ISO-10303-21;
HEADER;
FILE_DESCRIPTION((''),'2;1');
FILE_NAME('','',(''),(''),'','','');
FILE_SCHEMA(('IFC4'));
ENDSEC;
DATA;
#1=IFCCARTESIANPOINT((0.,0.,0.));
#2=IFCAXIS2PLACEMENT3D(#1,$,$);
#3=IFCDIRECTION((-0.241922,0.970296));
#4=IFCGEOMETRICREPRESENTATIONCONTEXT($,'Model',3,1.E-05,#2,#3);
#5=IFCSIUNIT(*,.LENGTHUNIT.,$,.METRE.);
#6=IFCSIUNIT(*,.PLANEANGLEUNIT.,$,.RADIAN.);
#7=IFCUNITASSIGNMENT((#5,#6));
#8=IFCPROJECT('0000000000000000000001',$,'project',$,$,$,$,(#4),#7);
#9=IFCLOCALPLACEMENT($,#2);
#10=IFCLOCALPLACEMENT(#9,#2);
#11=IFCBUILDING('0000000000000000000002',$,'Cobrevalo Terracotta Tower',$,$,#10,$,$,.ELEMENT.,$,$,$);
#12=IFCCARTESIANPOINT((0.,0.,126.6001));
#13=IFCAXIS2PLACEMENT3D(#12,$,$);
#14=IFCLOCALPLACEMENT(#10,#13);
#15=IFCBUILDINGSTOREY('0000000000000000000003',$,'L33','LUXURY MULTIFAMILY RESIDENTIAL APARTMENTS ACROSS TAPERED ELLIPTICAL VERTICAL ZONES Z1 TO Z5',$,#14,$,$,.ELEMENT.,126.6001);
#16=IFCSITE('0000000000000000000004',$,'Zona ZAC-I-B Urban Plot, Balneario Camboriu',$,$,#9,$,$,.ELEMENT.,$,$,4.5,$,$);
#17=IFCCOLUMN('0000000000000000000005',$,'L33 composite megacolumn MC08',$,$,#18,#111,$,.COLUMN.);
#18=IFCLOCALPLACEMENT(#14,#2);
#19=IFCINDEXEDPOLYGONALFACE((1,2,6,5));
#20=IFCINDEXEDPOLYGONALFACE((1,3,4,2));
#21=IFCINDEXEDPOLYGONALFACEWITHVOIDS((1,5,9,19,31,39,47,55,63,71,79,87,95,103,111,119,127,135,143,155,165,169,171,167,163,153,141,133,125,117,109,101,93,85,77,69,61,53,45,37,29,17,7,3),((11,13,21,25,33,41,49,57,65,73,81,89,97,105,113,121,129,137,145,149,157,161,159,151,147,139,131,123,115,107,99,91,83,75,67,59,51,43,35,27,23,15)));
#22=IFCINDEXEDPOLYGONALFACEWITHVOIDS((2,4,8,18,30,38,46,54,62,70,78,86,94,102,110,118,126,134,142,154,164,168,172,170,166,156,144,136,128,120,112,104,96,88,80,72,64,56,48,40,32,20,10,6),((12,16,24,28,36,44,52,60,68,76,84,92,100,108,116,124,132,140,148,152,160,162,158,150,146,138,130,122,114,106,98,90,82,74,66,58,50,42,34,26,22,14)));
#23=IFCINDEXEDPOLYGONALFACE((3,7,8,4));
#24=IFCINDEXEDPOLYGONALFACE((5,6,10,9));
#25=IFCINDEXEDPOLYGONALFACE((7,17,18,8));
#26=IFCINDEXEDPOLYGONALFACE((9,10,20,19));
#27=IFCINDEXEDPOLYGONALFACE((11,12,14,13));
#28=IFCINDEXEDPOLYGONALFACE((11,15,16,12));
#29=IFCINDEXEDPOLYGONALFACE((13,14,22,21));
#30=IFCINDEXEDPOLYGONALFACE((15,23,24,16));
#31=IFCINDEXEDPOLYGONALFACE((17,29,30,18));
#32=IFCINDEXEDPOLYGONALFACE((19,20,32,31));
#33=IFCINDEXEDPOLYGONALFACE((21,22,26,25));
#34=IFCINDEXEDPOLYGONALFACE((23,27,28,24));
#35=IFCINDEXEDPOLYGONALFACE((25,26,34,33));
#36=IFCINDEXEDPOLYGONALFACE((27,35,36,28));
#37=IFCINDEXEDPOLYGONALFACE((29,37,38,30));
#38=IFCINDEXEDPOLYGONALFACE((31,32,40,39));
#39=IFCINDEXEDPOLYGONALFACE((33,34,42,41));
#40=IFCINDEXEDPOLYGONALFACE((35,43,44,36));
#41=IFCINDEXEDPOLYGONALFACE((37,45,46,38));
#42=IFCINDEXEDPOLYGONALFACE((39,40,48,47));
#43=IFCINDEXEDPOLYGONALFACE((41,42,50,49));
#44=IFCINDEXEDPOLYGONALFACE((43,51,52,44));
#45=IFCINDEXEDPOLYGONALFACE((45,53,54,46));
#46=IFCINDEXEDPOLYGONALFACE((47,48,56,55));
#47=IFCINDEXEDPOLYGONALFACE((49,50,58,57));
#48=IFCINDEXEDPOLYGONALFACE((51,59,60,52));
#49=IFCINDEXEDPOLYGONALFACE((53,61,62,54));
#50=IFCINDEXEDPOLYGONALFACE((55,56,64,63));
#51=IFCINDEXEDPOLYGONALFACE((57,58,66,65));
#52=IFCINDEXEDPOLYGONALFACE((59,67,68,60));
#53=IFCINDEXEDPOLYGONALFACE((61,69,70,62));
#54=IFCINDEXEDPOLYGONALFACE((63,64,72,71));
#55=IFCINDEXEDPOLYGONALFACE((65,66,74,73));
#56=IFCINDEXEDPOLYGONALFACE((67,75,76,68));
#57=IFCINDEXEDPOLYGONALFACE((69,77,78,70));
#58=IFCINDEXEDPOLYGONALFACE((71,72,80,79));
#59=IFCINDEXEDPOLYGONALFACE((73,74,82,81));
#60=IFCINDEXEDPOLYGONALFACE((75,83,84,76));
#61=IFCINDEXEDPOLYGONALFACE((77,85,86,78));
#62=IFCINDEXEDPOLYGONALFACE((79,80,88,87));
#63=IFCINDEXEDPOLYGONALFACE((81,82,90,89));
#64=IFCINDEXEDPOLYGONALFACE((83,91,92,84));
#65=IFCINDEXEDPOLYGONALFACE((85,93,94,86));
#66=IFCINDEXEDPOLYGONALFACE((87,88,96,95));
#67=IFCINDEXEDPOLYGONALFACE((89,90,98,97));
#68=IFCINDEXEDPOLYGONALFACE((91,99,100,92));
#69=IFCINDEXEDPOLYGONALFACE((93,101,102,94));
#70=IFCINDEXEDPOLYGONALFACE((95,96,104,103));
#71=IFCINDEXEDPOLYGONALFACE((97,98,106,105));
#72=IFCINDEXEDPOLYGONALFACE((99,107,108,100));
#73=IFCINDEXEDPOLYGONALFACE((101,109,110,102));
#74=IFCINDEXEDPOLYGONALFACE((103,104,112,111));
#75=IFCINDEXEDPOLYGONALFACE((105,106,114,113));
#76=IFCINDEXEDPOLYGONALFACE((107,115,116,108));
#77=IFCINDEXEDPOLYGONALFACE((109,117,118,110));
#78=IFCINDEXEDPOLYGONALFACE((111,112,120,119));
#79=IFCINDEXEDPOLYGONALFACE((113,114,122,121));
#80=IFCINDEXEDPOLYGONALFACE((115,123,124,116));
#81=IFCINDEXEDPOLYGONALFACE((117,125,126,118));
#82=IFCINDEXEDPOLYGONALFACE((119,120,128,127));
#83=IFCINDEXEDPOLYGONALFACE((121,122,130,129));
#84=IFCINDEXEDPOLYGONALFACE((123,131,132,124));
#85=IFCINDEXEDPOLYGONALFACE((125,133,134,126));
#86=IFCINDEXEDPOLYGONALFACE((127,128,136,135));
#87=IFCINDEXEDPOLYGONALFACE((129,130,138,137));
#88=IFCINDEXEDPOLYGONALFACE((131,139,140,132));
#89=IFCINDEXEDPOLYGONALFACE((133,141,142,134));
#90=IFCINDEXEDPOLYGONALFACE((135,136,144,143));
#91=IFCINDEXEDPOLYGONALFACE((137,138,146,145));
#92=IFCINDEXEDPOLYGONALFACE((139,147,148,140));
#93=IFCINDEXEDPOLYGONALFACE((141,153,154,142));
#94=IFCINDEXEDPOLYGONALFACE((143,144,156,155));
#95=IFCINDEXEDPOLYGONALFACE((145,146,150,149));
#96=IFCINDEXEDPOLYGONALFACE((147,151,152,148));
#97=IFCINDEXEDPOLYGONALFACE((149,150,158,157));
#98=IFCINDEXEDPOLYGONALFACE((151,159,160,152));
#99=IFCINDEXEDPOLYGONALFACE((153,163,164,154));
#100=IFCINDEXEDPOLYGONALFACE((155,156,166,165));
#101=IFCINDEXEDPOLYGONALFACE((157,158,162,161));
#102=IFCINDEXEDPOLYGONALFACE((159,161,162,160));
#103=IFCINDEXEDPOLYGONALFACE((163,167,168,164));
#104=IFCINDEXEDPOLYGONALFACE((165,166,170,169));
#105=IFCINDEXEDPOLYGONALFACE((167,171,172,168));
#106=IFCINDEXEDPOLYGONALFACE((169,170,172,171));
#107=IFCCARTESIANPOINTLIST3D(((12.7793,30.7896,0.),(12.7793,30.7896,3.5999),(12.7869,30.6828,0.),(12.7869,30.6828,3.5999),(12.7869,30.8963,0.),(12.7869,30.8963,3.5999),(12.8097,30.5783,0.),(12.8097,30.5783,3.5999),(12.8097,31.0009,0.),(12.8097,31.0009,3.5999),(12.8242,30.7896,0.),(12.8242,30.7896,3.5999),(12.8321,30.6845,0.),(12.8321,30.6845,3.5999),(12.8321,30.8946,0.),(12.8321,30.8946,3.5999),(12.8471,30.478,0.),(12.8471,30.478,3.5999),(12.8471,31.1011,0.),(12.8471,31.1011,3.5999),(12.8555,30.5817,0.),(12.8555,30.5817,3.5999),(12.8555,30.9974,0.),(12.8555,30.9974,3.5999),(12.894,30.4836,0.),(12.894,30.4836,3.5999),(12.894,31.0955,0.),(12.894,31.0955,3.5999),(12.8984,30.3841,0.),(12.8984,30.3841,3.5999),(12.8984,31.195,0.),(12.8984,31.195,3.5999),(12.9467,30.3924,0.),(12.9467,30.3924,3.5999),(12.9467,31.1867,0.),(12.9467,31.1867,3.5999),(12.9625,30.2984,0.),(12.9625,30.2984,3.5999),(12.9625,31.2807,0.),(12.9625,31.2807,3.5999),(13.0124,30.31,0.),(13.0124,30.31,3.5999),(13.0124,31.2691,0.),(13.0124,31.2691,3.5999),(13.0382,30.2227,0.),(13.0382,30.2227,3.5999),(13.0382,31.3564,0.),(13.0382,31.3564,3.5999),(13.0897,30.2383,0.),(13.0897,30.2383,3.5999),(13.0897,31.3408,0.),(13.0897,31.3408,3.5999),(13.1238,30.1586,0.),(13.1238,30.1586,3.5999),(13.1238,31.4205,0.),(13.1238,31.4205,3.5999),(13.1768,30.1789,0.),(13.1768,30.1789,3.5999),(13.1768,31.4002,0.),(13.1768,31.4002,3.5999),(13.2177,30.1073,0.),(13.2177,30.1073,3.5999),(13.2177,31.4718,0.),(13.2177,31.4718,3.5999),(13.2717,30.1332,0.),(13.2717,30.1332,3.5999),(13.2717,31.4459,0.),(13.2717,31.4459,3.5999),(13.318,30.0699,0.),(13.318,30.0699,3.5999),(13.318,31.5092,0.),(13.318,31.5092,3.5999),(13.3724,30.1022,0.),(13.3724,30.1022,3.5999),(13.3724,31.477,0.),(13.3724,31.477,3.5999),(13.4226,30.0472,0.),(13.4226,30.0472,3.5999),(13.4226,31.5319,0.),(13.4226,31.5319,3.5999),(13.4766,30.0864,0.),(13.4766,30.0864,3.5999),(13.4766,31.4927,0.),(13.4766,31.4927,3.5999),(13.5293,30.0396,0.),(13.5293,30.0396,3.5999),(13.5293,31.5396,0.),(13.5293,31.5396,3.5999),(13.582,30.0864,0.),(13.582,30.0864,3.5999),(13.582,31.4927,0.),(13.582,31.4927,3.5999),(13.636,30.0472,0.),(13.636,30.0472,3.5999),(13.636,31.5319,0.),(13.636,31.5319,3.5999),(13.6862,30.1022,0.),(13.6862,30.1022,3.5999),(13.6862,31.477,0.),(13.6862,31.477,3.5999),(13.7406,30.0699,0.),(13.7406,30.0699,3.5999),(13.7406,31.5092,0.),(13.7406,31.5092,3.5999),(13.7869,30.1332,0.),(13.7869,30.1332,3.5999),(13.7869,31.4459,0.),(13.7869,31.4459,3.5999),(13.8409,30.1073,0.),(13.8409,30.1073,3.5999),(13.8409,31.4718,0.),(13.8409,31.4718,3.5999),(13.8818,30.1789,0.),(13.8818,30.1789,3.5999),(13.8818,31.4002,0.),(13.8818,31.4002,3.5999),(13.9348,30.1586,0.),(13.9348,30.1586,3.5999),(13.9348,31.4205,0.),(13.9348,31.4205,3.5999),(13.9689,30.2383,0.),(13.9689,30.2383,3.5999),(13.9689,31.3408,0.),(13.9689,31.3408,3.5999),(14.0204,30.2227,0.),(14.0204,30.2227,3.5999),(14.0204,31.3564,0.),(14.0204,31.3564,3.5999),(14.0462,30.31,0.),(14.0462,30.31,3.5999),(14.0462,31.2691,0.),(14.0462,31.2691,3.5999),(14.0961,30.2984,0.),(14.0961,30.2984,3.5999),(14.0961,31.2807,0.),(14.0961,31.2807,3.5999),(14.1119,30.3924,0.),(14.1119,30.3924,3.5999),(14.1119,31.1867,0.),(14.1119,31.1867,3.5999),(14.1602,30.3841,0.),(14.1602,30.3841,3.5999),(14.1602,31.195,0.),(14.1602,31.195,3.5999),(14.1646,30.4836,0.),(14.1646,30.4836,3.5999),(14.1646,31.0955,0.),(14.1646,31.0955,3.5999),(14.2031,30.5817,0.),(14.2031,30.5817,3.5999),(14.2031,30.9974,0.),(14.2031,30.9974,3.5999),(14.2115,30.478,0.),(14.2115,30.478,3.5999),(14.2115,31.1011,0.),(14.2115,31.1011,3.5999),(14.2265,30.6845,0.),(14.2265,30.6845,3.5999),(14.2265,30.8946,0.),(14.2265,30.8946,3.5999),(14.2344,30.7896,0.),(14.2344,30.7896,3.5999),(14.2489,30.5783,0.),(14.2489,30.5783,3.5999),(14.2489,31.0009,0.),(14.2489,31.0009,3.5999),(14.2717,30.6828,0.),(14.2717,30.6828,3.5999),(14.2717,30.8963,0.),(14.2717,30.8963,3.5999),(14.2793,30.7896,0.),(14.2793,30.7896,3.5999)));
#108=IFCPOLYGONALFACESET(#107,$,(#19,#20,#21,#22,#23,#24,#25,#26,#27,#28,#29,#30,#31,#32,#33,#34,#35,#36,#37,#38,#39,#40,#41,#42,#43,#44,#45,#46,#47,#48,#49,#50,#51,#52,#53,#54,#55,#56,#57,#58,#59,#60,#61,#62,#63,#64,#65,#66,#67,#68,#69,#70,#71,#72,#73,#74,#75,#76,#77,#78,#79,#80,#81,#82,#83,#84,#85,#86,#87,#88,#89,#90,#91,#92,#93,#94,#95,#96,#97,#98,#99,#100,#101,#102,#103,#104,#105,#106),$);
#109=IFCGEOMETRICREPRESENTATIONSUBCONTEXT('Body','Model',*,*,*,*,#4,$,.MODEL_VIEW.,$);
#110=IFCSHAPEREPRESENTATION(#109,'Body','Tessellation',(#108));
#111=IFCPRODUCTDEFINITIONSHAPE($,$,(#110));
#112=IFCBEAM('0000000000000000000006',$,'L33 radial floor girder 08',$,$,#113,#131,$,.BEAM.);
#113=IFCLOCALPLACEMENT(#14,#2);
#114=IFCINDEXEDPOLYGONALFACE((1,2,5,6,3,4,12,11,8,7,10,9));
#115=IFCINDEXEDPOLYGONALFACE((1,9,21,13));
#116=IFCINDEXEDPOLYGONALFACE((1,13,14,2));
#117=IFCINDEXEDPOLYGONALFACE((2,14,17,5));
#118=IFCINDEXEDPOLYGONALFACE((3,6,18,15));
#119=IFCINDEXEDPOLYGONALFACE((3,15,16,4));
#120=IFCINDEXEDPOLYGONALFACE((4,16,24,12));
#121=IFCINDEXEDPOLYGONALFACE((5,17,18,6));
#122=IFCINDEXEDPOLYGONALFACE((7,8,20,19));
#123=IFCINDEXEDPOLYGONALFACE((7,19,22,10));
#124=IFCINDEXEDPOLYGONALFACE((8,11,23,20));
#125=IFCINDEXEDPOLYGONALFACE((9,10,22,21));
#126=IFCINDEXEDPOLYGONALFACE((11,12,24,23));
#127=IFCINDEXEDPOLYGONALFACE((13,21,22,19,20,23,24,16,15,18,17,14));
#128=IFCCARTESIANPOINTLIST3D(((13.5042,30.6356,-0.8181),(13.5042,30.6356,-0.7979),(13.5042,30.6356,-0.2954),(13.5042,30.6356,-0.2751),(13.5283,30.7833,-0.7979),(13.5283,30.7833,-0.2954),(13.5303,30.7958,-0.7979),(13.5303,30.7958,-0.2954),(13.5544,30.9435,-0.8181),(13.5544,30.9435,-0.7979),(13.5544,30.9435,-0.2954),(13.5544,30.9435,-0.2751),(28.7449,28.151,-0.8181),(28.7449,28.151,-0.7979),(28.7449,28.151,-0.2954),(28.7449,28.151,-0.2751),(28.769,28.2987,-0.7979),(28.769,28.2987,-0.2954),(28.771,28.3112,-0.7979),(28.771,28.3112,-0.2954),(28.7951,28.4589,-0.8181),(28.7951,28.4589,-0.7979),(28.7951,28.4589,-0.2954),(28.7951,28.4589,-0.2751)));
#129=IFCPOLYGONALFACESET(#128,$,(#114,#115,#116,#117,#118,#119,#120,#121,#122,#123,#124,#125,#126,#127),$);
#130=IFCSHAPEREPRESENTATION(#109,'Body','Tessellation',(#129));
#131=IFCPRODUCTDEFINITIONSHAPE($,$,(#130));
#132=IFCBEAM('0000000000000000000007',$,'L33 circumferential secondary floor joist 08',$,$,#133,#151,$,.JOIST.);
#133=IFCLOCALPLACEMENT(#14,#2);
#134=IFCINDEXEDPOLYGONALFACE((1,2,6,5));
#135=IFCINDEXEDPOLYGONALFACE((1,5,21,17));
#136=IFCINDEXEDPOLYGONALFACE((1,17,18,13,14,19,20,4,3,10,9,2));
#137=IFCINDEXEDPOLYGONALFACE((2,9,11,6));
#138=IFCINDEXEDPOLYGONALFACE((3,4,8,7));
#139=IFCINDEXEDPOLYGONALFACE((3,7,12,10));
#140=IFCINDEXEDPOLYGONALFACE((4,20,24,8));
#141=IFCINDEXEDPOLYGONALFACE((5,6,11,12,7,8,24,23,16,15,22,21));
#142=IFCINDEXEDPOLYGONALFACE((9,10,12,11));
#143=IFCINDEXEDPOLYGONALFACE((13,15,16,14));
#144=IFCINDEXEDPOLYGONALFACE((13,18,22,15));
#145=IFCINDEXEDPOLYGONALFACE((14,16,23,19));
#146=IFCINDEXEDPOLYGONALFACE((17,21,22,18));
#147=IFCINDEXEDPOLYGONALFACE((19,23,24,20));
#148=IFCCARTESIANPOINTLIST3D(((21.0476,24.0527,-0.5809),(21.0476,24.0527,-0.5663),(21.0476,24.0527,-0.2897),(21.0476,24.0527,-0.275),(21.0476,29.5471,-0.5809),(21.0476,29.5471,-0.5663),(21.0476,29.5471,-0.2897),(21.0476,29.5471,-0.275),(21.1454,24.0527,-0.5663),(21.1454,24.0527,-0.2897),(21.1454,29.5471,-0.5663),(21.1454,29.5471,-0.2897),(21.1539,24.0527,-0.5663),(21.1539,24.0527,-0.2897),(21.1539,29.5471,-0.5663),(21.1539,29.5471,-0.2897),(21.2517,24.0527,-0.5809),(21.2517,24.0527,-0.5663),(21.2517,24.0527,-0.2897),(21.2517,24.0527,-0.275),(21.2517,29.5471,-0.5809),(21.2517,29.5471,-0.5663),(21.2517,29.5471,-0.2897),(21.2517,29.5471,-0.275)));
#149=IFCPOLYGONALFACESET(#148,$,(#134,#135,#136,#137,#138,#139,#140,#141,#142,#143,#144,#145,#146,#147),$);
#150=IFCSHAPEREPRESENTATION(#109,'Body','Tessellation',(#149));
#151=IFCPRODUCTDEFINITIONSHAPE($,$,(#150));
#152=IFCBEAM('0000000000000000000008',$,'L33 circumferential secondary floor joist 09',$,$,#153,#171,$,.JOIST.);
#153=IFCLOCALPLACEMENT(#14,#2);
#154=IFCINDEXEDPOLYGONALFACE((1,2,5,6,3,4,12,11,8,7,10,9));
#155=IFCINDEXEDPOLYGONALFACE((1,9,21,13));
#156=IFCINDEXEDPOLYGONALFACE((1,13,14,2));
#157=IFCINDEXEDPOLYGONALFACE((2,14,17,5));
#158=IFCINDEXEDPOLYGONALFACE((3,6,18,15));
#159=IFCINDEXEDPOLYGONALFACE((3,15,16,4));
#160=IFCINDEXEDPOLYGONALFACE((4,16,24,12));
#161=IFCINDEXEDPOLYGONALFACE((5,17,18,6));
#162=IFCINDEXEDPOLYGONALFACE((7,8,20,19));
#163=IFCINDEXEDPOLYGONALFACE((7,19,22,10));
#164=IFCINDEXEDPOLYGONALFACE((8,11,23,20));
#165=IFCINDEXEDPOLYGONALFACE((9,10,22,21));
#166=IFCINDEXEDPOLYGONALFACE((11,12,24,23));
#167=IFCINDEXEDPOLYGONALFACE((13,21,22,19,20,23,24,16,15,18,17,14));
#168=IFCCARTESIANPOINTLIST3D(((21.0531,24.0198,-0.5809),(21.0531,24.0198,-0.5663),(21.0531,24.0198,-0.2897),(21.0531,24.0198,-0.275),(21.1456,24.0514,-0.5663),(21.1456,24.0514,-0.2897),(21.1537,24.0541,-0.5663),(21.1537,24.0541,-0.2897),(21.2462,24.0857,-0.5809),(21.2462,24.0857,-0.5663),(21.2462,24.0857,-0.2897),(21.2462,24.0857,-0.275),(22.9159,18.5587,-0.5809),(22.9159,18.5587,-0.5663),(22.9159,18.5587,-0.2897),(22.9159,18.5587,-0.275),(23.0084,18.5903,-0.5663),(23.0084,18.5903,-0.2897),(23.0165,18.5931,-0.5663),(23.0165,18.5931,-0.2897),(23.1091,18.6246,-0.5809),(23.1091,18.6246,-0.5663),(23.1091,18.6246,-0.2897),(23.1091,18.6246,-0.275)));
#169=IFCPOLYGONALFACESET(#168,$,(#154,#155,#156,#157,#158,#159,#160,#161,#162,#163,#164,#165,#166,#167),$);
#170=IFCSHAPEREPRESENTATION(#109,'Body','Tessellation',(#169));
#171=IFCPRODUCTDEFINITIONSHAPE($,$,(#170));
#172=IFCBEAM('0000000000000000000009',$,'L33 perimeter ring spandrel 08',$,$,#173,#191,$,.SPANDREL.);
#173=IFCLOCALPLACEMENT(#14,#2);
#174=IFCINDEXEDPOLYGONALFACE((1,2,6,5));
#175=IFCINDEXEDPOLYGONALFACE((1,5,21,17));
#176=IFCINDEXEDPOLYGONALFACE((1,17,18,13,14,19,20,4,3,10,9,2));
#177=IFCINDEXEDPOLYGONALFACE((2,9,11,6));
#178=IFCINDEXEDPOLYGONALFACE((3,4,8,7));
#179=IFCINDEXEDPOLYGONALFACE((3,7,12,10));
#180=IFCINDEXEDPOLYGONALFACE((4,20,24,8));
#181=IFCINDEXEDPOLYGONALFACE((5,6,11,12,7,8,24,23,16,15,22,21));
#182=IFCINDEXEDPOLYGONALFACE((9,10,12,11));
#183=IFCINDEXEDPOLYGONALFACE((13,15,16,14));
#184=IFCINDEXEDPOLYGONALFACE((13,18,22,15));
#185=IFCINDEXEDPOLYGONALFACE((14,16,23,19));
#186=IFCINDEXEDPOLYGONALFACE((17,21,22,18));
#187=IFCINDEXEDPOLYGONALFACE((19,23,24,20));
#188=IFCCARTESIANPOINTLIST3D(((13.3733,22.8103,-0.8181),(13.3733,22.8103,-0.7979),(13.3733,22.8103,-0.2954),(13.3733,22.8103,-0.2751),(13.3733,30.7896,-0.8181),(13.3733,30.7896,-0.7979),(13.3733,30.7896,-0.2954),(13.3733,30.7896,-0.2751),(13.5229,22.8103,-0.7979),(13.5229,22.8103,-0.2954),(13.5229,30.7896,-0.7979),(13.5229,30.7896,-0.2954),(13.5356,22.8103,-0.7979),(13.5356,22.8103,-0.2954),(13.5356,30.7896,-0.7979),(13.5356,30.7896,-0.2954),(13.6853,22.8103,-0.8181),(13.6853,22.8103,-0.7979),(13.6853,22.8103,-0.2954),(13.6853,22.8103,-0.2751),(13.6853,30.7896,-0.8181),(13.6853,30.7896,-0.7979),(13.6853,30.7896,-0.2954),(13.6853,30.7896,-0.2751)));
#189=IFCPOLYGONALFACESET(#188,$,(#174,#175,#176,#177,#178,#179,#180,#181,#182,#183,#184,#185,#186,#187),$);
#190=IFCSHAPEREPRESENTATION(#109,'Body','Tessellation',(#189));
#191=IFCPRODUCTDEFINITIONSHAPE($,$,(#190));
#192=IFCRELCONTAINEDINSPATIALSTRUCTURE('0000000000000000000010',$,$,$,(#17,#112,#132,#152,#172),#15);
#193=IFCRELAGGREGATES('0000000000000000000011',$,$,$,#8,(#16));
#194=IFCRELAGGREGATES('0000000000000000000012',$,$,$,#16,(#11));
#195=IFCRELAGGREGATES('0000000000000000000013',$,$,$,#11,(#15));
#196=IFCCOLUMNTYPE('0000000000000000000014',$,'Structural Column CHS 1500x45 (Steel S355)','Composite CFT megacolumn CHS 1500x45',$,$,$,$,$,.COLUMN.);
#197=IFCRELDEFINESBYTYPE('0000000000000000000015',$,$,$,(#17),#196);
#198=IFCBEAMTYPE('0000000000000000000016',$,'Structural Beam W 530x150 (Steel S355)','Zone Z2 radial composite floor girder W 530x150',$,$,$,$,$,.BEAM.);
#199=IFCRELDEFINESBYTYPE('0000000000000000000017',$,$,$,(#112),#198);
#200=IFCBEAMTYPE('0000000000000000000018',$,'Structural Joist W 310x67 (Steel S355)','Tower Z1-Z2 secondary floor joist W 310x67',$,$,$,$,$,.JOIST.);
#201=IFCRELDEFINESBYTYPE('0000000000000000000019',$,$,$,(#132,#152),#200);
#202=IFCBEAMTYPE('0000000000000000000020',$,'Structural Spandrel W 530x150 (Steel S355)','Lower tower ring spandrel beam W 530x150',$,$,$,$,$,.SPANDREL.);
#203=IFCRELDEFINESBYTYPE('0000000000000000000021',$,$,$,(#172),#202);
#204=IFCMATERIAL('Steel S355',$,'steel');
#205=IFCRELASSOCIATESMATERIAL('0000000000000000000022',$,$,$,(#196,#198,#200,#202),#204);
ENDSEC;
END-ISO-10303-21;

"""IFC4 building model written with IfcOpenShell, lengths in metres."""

from ifc_helpers import new_model, si_unit, direction, frame, origin, origin_2d, place, context, subcontext, project, spatial, hollow_circle, i_section, extrude, material, material_profile, profile_set, type_object, element, save


model = new_model("IFC4")

# Units and contexts
model_context = context("Model", 3, precision=1e-05, world=origin(), true_north=direction((-0.241922, 0.970296)))
body_context = subcontext(model_context, "Body", "Model", "MODEL_VIEW")
ifc_project = project(units=[si_unit("LENGTHUNIT", "METRE"), si_unit("PLANEANGLEUNIT", "RADIAN")], contexts=[model_context])

# Site, building, storey
site_placement = place(None, origin())
site = spatial("IfcSite", under=ifc_project, at=site_placement, Name="Zona ZAC-I-B Urban Plot, Balneario Camboriu", CompositionType="ELEMENT", RefElevation=4.5)
building_placement = place(site_placement, origin())
building = spatial("IfcBuilding", under=site, at=building_placement, Name="Cobrevalo Terracotta Tower", CompositionType="ELEMENT")
storey_placement = place(building_placement, frame((0.0, 0.0, 126.6001)))
storey = spatial("IfcBuildingStorey", under=building, at=storey_placement, Name="L33", Description="LUXURY MULTIFAMILY RESIDENTIAL APARTMENTS ACROSS TAPERED ELLIPTICAL VERTICAL ZONES Z1 TO Z5", CompositionType="ELEMENT", Elevation=126.6001)

# Column
ifc_material_1 = material(Name="Steel S355", Category="steel")
ifc_material_profile_1 = material_profile(ifc_material_1, hollow_circle(Radius=0.75, WallThickness=0.0449, at=origin_2d()), Name="CHS 1500x45")
ifc_profile_set_1 = profile_set([ifc_material_profile_1], Name="Steel S355")
column_type = type_object("IfcColumnType", Name="Structural Column CHS 1500x45 (Steel S355)", Description="Composite CFT megacolumn CHS 1500x45", PredefinedType="COLUMN", material=ifc_profile_set_1)
column_placement = place(storey_placement, frame((13.5293, 30.7896, 0.0), z_axis=(0.0, 0.0, 1.0), x_axis=(1.0, 0.0, 0.0)))
element("IfcColumn", 1, at=column_placement, inside=storey, type_object=column_type, Name="L33 composite megacolumn MC08", PredefinedType="COLUMN", context=body_context, shape_type="SweptSolid", body=[
    extrude(hollow_circle(Radius=0.75, WallThickness=0.0449, at=origin_2d()), origin(), (0.0, 0.0, 1.0), 3.5999),
])

# Beams
ifc_material_profile_2 = material_profile(ifc_material_1, i_section(OverallWidth=0.312, OverallDepth=0.543, WebThickness=0.0127, FlangeThickness=0.0203, at=origin_2d()), Name="W 530x150")
ifc_profile_set_2 = profile_set([ifc_material_profile_2], Name="Steel S355")
beam_type_1 = type_object("IfcBeamType", Name="Structural Beam W 530x150 (Steel S355)", Description="Zone Z2 radial composite floor girder W 530x150", PredefinedType="BEAM", material=ifc_profile_set_2)
beam_1_placement = place(storey_placement, frame((13.5293, 30.7896, -0.5466), z_axis=(0.986971, -0.160901, 0.0), x_axis=(0.160901, 0.986971, 0.0)))
element("IfcBeam", 2, at=beam_1_placement, inside=storey, type_object=beam_type_1, Name="L33 radial floor girder 08", PredefinedType="BEAM", context=body_context, shape_type="SweptSolid", body=[
    extrude(i_section(OverallWidth=0.312, OverallDepth=0.543, WebThickness=0.0127, FlangeThickness=0.0203, at=origin_2d()), origin(), (0.0, 0.0, 1.0), 15.4419),
])
ifc_material_profile_3 = material_profile(ifc_material_1, i_section(OverallWidth=0.2041, OverallDepth=0.3059, WebThickness=0.0085, FlangeThickness=0.0146, at=origin_2d()), Name="W 310x67")
ifc_profile_set_3 = profile_set([ifc_material_profile_3], Name="Steel S355")
beam_type_2 = type_object("IfcBeamType", Name="Structural Joist W 310x67 (Steel S355)", Description="Tower Z1-Z2 secondary floor joist W 310x67", PredefinedType="JOIST", material=ifc_profile_set_3)
beam_2_placement = place(storey_placement, frame((21.1497, 29.5471, -0.428), z_axis=(0.0, -1.0, 0.0), x_axis=(1.0, 0.0, 0.0)))
element("IfcBeam", 3, at=beam_2_placement, inside=storey, type_object=beam_type_2, Name="L33 circumferential secondary floor joist 08", PredefinedType="JOIST", context=body_context, shape_type="SweptSolid", body=[
    extrude(i_section(OverallWidth=0.2041, OverallDepth=0.3059, WebThickness=0.0085, FlangeThickness=0.0146, at=origin_2d()), origin(), (0.0, 0.0, 1.0), 5.4944),
])
beam_3_placement = place(storey_placement, frame((21.1497, 24.0527, -0.428), z_axis=(0.322846, -0.946451, 0.0), x_axis=(0.946451, 0.322846, 0.0)))
element("IfcBeam", 4, at=beam_3_placement, inside=storey, type_object=beam_type_2, Name="L33 circumferential secondary floor joist 09", PredefinedType="JOIST", context=body_context, shape_type="SweptSolid", body=[
    extrude(i_section(OverallWidth=0.2041, OverallDepth=0.3059, WebThickness=0.0085, FlangeThickness=0.0146, at=origin_2d()), origin(), (0.0, 0.0, 1.0), 5.77),
])
ifc_material_profile_4 = material_profile(ifc_material_1, i_section(OverallWidth=0.312, OverallDepth=0.543, WebThickness=0.0127, FlangeThickness=0.0203, at=origin_2d()), Name="W 530x150")
ifc_profile_set_4 = profile_set([ifc_material_profile_4], Name="Steel S355")
beam_type_3 = type_object("IfcBeamType", Name="Structural Spandrel W 530x150 (Steel S355)", Description="Lower tower ring spandrel beam W 530x150", PredefinedType="SPANDREL", material=ifc_profile_set_4)
beam_4_placement = place(storey_placement, frame((13.5293, 30.7896, -0.5466), z_axis=(0.0, -1.0, 0.0), x_axis=(1.0, 0.0, 0.0)))
element("IfcBeam", 5, at=beam_4_placement, inside=storey, type_object=beam_type_3, Name="L33 perimeter ring spandrel 08", PredefinedType="SPANDREL", context=body_context, shape_type="SweptSolid", body=[
    extrude(i_section(OverallWidth=0.312, OverallDepth=0.543, WebThickness=0.0127, FlangeThickness=0.0203, at=origin_2d()), origin(), (0.0, 0.0, 1.0), 7.9792),
])

save(model, "model.ifc")
